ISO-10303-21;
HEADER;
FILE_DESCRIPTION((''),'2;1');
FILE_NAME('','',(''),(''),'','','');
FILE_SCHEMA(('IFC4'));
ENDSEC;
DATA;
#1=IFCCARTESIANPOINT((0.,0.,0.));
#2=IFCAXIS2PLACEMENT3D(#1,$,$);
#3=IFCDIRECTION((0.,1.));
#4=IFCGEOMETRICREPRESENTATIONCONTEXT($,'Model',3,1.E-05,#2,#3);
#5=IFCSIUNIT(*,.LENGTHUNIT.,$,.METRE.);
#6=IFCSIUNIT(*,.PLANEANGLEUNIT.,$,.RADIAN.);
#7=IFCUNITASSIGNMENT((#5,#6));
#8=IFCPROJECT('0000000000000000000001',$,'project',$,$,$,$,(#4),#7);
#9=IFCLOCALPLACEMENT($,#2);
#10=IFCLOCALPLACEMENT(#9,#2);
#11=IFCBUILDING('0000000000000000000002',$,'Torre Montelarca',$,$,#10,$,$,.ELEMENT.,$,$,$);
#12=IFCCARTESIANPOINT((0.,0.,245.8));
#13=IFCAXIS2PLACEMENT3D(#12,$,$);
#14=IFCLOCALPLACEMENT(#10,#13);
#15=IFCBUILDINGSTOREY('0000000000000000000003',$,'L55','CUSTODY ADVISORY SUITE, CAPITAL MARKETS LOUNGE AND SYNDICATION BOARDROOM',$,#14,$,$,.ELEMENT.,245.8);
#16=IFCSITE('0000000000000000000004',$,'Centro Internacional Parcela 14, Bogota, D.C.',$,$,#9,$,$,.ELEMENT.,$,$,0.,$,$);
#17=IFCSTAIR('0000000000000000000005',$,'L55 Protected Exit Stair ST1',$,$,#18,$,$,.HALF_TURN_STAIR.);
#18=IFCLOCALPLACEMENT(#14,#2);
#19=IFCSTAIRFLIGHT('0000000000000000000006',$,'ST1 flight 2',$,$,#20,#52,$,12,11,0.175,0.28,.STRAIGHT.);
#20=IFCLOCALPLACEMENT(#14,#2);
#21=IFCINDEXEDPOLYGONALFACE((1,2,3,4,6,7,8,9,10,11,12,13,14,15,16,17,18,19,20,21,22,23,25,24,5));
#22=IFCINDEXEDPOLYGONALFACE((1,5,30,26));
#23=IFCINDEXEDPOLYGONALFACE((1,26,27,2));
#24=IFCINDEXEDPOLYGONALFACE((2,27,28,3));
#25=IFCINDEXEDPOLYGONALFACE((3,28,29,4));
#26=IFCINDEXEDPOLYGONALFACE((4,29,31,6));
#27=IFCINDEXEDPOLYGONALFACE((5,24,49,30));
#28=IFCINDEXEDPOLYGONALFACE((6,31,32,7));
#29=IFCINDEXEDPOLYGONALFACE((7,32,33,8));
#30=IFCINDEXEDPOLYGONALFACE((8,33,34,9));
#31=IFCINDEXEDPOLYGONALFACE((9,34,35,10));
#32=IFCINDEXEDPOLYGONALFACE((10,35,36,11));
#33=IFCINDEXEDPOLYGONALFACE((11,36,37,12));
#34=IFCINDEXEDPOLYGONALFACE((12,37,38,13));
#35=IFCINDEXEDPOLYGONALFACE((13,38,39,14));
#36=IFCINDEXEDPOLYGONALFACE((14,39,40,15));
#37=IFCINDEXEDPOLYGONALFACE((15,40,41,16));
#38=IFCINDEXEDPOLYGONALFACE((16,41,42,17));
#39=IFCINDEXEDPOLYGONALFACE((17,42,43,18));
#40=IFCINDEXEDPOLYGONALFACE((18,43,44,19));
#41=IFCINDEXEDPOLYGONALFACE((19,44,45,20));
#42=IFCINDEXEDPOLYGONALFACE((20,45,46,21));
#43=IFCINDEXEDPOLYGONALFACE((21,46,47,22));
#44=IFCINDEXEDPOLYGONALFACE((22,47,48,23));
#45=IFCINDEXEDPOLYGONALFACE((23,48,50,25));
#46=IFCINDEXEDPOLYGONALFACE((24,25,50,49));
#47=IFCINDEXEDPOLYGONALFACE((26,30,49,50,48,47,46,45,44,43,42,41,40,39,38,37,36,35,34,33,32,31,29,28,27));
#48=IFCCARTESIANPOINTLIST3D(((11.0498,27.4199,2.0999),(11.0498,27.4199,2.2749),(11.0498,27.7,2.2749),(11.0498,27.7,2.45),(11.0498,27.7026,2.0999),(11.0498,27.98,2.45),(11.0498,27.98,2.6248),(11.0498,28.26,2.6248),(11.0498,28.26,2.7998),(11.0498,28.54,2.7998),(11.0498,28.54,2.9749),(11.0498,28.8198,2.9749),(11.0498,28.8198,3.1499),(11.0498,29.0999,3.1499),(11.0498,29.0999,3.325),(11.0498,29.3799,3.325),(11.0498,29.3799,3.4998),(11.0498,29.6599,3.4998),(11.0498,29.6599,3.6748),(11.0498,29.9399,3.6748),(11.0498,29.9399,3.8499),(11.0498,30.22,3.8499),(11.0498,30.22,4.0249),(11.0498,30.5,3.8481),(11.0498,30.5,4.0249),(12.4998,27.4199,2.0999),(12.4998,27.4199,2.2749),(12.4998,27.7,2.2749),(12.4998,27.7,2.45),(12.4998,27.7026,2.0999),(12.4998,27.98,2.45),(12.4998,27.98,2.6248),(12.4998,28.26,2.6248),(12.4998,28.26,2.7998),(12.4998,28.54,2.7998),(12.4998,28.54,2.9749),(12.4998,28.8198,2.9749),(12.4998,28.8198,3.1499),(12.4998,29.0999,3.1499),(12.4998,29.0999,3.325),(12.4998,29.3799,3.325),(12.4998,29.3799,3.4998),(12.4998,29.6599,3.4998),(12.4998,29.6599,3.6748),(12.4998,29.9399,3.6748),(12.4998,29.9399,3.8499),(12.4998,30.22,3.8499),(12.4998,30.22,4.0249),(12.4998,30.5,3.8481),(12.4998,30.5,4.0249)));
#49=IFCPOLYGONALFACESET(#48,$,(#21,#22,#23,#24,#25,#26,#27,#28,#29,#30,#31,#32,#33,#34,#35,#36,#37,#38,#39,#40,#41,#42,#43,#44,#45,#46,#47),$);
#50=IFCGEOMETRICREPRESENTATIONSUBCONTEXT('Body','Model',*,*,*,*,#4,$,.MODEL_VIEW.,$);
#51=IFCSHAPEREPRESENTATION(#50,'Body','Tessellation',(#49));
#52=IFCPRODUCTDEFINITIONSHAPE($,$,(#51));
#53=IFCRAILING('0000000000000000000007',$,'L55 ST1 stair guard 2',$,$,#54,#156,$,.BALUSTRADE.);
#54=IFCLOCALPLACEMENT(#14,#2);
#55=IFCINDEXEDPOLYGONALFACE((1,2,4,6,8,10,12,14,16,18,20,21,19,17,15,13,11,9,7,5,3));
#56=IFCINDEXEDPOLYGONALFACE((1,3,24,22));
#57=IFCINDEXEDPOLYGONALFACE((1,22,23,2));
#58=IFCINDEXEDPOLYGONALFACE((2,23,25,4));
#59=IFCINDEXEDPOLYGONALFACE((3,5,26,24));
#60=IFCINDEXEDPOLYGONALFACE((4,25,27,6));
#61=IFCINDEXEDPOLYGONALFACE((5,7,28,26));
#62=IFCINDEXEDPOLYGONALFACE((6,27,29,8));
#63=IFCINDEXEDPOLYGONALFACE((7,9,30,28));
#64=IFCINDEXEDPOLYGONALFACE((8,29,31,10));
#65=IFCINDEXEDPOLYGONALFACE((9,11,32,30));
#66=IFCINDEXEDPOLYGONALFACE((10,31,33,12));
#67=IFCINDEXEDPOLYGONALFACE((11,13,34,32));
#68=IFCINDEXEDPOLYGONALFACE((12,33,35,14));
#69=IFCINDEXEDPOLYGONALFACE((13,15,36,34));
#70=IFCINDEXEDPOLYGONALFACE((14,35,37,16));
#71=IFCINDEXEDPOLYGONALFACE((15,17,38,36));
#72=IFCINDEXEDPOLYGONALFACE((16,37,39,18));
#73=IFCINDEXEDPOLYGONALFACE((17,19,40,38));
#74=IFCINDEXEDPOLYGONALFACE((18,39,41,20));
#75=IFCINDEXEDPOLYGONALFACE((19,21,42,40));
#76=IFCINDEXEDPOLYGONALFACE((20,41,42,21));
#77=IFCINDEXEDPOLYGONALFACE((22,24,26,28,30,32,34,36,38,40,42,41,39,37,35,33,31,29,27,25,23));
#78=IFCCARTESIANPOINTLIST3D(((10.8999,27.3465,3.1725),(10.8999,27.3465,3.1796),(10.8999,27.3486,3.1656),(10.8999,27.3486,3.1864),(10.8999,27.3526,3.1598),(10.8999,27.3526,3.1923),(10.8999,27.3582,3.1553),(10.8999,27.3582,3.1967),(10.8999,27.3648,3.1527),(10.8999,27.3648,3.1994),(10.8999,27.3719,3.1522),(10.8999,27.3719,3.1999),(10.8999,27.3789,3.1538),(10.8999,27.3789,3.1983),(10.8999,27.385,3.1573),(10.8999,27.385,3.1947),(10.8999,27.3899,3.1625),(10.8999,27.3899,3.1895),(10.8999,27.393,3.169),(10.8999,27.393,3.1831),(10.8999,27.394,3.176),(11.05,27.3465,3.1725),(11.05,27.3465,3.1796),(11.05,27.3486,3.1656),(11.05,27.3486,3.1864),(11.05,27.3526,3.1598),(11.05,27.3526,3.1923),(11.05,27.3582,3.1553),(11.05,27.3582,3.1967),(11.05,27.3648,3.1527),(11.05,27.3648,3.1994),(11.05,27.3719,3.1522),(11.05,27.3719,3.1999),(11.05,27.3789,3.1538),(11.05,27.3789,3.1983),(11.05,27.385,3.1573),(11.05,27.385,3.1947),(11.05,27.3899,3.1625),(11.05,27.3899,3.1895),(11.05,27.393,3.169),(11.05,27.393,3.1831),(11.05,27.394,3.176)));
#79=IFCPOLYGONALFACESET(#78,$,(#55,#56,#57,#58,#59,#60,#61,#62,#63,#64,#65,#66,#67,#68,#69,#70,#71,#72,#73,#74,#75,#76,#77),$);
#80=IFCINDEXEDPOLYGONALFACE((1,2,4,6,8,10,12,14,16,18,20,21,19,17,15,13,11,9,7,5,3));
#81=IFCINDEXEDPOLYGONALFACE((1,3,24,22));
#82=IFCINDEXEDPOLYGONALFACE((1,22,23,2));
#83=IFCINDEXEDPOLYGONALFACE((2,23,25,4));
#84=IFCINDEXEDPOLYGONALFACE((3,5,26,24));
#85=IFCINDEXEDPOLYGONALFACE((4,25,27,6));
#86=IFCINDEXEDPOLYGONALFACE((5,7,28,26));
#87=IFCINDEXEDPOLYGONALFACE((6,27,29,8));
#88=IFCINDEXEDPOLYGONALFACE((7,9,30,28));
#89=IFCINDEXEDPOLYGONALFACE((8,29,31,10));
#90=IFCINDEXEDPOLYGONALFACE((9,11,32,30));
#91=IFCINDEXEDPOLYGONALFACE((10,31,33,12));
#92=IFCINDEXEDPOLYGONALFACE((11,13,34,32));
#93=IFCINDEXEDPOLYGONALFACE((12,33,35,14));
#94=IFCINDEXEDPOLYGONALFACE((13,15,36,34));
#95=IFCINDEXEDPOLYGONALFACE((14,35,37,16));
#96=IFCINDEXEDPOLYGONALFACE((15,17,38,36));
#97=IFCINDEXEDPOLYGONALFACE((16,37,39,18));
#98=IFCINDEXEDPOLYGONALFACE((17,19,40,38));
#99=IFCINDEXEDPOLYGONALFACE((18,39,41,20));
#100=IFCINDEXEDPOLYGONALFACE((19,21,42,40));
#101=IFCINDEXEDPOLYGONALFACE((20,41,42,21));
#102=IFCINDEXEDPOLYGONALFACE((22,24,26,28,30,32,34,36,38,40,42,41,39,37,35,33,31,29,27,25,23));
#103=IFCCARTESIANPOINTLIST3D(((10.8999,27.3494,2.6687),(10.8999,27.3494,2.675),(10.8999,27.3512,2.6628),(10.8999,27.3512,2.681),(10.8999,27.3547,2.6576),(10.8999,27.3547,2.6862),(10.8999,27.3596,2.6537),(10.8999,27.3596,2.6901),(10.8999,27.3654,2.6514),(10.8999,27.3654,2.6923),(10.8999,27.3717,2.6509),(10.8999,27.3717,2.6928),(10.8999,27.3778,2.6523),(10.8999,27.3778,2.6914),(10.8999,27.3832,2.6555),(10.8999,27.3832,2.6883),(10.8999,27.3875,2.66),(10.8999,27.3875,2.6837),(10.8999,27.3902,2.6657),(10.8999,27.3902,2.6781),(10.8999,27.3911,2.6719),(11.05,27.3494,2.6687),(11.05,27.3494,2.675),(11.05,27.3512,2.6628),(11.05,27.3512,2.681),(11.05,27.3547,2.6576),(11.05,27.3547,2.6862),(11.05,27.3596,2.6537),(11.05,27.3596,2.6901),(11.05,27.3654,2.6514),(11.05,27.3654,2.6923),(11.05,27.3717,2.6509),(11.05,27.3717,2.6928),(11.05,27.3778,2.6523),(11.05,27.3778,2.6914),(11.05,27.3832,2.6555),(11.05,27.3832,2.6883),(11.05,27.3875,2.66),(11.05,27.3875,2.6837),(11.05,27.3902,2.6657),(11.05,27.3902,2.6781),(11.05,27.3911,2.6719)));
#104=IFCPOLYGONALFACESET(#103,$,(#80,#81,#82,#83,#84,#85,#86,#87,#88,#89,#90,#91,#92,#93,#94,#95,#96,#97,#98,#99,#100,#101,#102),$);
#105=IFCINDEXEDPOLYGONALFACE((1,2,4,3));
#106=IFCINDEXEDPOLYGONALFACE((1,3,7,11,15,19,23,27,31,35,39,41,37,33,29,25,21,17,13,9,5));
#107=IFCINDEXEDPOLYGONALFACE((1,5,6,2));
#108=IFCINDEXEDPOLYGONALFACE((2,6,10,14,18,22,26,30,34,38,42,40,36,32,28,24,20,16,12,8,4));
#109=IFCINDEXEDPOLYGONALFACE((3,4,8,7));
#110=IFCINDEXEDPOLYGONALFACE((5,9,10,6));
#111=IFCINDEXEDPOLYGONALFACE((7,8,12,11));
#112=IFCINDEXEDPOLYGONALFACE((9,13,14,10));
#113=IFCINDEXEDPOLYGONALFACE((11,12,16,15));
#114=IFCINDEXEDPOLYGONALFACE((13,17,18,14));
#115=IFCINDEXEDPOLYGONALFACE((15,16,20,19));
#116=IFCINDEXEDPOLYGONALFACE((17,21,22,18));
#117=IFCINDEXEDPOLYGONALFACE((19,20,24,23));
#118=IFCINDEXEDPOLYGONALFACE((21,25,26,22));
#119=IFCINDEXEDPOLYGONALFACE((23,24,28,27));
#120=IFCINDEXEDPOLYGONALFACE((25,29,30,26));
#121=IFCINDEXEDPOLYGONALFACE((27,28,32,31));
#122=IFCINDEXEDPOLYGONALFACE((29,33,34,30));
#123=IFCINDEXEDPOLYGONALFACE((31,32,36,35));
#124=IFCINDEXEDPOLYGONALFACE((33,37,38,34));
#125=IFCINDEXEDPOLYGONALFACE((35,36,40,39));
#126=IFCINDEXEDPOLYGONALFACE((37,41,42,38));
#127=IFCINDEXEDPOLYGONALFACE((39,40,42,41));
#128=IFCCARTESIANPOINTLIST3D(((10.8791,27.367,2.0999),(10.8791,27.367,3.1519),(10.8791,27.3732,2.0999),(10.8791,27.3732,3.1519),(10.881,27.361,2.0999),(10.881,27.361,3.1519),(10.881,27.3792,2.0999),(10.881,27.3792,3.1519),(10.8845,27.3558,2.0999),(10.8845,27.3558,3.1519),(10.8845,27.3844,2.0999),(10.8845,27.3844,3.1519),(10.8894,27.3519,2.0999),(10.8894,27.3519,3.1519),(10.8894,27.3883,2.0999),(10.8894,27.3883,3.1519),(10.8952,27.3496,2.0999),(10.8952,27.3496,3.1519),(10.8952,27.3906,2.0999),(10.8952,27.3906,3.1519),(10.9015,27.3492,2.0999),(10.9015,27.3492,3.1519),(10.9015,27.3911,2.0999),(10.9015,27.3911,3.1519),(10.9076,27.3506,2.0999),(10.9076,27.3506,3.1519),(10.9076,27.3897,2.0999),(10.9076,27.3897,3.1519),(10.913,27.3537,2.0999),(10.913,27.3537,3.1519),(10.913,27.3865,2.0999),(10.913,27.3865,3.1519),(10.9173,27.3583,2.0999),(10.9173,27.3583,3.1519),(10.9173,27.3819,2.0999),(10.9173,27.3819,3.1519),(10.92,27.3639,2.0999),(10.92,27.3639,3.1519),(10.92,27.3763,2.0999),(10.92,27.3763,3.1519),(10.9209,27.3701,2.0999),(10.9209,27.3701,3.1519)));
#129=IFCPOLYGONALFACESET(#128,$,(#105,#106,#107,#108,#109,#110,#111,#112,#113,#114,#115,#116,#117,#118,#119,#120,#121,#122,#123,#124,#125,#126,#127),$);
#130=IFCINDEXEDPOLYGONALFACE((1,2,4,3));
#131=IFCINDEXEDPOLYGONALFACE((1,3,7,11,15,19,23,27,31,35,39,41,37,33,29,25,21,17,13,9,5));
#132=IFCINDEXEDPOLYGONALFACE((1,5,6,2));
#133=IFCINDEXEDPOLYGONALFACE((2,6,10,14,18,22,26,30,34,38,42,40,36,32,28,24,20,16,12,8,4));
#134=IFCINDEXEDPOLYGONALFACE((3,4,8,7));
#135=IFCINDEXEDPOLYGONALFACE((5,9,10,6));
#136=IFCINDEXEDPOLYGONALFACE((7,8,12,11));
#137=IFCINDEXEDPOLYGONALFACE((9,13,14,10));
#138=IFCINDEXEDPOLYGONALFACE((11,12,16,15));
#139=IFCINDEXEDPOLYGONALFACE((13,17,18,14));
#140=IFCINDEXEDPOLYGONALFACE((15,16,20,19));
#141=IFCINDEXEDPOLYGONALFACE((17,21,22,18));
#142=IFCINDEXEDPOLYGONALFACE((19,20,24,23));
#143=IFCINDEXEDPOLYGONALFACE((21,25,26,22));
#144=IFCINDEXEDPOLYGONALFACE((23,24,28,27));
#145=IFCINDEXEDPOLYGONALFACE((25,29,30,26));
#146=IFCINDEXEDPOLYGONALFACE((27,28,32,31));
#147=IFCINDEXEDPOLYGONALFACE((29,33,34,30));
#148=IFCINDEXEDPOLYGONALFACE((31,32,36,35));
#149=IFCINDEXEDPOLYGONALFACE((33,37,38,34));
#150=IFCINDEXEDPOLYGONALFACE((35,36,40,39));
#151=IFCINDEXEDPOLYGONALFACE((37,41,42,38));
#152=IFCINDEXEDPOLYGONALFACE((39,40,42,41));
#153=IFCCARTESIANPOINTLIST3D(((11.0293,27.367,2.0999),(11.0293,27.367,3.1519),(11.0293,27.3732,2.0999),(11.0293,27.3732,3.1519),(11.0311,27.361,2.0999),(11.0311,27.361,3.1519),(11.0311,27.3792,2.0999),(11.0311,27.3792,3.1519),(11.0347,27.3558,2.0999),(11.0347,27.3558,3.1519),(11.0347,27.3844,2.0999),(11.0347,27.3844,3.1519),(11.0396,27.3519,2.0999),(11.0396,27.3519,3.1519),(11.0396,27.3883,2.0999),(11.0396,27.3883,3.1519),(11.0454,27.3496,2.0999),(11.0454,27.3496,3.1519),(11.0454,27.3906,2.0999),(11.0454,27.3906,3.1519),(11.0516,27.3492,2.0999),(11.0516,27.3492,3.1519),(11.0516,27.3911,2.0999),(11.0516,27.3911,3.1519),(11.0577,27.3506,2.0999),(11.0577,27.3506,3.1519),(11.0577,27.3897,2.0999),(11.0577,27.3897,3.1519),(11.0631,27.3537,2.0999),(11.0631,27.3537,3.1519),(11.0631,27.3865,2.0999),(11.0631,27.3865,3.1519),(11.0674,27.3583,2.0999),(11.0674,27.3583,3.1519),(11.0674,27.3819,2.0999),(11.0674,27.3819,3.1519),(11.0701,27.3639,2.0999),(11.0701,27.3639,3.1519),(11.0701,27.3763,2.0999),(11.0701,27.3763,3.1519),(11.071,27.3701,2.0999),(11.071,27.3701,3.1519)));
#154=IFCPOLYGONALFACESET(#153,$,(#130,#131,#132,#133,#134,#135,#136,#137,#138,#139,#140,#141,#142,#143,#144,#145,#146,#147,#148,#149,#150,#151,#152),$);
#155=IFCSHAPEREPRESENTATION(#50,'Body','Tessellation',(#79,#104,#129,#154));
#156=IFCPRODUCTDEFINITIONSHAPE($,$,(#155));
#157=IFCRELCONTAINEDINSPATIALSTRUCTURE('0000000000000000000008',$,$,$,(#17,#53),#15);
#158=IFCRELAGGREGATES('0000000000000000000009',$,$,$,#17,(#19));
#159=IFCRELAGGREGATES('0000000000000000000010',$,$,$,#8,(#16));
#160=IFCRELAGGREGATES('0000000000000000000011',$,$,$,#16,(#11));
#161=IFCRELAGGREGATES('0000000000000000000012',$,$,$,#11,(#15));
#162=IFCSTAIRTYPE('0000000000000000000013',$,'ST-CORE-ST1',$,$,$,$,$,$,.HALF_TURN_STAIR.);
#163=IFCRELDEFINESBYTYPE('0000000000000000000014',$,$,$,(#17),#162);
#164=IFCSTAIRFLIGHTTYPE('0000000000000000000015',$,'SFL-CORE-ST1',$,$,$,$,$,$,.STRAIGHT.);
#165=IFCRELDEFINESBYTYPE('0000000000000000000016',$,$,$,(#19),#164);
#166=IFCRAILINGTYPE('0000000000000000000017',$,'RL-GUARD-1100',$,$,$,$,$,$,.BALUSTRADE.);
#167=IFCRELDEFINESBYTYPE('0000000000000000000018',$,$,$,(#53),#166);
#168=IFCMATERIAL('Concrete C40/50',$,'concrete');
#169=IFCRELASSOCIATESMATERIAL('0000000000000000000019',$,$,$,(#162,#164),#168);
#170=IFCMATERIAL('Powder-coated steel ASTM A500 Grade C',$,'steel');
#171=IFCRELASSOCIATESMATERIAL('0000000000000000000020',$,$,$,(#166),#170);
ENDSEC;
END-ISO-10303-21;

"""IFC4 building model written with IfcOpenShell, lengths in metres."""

from ifc_helpers import new_model, si_unit, direction, frame, origin, origin_2d, place, context, subcontext, project, spatial, polyline, circle, outline, extrude, material, type_object, element, aggregate, save


model = new_model("IFC4")

# Units and contexts
model_context = context("Model", 3, precision=1e-05, world=origin(), true_north=direction((0.0, 1.0)))
body_context = subcontext(model_context, "Body", "Model", "MODEL_VIEW")
ifc_project = project(units=[si_unit("LENGTHUNIT", "METRE"), si_unit("PLANEANGLEUNIT", "RADIAN")], contexts=[model_context])

# Site, building, storey
site_placement = place(None, origin())
site = spatial("IfcSite", under=ifc_project, at=site_placement, Name="Centro Internacional Parcela 14, Bogota, D.C.", CompositionType="ELEMENT", RefElevation=0.0)
building_placement = place(site_placement, origin())
building = spatial("IfcBuilding", under=site, at=building_placement, Name="Torre Montelarca", CompositionType="ELEMENT")
storey_placement = place(building_placement, frame((0.0, 0.0, 245.8)))
storey = spatial("IfcBuildingStorey", under=building, at=storey_placement, Name="L55", Description="CUSTODY ADVISORY SUITE, CAPITAL MARKETS LOUNGE AND SYNDICATION BOARDROOM", CompositionType="ELEMENT", Elevation=245.8)

# Shared definitions
ifc_material_1 = material(Name="Concrete C40/50", Category="concrete")

# Stair, stair flight
stair_type = type_object("IfcStairType", Name="ST-CORE-ST1", PredefinedType="HALF_TURN_STAIR", material=ifc_material_1)
stair_placement = place(storey_placement, origin())
stair = element("IfcStair", 1, at=stair_placement, inside=storey, type_object=stair_type, Name="L55 Protected Exit Stair ST1", PredefinedType="HALF_TURN_STAIR")
stair_flight_type = type_object("IfcStairFlightType", Name="SFL-CORE-ST1", PredefinedType="STRAIGHT", material=ifc_material_1)
stair_flight_placement = place(storey_placement, frame((11.7749, 27.4199, 2.0999), z_axis=(0.0, 0.0, 1.0), x_axis=(0.0, 1.0, 0.0)))
stair_flight = element("IfcStairFlight", 2, at=stair_flight_placement, type_object=stair_flight_type, Name="ST1 flight 2", NumberOfRisers=12, NumberOfTreads=11, PredefinedType="STRAIGHT", RiserHeight=0.175, TreadLength=0.28, context=body_context, shape_type="SweptSolid", body=[
    extrude(outline(polyline([(0.0, 0.0), (0.0, 0.175), (0.28, 0.175), (0.28, 0.3501), (0.5601, 0.3501), (0.5601, 0.5249), (0.8401, 0.5249), (0.8401, 0.7), (1.1201, 0.7), (1.1201, 0.875), (1.3999, 0.875), (1.3999, 1.05), (1.6799, 1.05), (1.6799, 1.2251), (1.96, 1.2251), (1.96, 1.3999), (2.24, 1.3999), (2.24, 1.575), (2.52, 1.575), (2.52, 1.75), (2.8, 1.75), (2.8, 1.925), (3.0801, 1.925), (3.0801, 2.1001), (3.0801, 1.7483), (0.2827, 0.0), (0.0, 0.0)])), frame((0.0, 0.7251, 0.0), z_axis=(0.0, -1.0, 0.0), x_axis=(1.0, 0.0, 0.0)), (0.0, 0.0, 1.0), 1.45),
])
aggregate(stair, [stair_flight])

# Railing
ifc_material_2 = material(Name="Powder-coated steel ASTM A500 Grade C", Category="steel")
railing_type_1 = type_object("IfcRailingType", Name="RL-GUARD-1100", PredefinedType="BALUSTRADE", material=ifc_material_2)
railing_1_placement = place(storey_placement, frame((10.8999, 27.3701, 2.0999)))
element("IfcRailing", 3, at=railing_1_placement, inside=storey, type_object=railing_type_1, Name="L55 ST1 stair guard 2", PredefinedType="BALUSTRADE", context=body_context, shape_type="SweptSolid", body=[
    extrude(circle(Radius=0.0239, at=origin_2d()), frame((0.0, 0.0, 1.0762), z_axis=(1.0, 0.0, 0.0), x_axis=(0.0, 1.0, 0.0)), (0.0, 0.0, 1.0), 0.1501),
    extrude(circle(Radius=0.021, at=origin_2d()), frame((0.0, 0.0, 0.572), z_axis=(1.0, 0.0, 0.0), x_axis=(0.0, 1.0, 0.0)), (0.0, 0.0, 1.0), 0.1501),
    extrude(circle(Radius=0.021, at=origin_2d()), origin(), (0.0, 0.0, 1.0), 1.052),
    extrude(circle(Radius=0.021, at=origin_2d()), frame((0.1501, 0.0, 0.0)), (0.0, 0.0, 1.0), 1.052),
])

save(model, "model.ifc")
